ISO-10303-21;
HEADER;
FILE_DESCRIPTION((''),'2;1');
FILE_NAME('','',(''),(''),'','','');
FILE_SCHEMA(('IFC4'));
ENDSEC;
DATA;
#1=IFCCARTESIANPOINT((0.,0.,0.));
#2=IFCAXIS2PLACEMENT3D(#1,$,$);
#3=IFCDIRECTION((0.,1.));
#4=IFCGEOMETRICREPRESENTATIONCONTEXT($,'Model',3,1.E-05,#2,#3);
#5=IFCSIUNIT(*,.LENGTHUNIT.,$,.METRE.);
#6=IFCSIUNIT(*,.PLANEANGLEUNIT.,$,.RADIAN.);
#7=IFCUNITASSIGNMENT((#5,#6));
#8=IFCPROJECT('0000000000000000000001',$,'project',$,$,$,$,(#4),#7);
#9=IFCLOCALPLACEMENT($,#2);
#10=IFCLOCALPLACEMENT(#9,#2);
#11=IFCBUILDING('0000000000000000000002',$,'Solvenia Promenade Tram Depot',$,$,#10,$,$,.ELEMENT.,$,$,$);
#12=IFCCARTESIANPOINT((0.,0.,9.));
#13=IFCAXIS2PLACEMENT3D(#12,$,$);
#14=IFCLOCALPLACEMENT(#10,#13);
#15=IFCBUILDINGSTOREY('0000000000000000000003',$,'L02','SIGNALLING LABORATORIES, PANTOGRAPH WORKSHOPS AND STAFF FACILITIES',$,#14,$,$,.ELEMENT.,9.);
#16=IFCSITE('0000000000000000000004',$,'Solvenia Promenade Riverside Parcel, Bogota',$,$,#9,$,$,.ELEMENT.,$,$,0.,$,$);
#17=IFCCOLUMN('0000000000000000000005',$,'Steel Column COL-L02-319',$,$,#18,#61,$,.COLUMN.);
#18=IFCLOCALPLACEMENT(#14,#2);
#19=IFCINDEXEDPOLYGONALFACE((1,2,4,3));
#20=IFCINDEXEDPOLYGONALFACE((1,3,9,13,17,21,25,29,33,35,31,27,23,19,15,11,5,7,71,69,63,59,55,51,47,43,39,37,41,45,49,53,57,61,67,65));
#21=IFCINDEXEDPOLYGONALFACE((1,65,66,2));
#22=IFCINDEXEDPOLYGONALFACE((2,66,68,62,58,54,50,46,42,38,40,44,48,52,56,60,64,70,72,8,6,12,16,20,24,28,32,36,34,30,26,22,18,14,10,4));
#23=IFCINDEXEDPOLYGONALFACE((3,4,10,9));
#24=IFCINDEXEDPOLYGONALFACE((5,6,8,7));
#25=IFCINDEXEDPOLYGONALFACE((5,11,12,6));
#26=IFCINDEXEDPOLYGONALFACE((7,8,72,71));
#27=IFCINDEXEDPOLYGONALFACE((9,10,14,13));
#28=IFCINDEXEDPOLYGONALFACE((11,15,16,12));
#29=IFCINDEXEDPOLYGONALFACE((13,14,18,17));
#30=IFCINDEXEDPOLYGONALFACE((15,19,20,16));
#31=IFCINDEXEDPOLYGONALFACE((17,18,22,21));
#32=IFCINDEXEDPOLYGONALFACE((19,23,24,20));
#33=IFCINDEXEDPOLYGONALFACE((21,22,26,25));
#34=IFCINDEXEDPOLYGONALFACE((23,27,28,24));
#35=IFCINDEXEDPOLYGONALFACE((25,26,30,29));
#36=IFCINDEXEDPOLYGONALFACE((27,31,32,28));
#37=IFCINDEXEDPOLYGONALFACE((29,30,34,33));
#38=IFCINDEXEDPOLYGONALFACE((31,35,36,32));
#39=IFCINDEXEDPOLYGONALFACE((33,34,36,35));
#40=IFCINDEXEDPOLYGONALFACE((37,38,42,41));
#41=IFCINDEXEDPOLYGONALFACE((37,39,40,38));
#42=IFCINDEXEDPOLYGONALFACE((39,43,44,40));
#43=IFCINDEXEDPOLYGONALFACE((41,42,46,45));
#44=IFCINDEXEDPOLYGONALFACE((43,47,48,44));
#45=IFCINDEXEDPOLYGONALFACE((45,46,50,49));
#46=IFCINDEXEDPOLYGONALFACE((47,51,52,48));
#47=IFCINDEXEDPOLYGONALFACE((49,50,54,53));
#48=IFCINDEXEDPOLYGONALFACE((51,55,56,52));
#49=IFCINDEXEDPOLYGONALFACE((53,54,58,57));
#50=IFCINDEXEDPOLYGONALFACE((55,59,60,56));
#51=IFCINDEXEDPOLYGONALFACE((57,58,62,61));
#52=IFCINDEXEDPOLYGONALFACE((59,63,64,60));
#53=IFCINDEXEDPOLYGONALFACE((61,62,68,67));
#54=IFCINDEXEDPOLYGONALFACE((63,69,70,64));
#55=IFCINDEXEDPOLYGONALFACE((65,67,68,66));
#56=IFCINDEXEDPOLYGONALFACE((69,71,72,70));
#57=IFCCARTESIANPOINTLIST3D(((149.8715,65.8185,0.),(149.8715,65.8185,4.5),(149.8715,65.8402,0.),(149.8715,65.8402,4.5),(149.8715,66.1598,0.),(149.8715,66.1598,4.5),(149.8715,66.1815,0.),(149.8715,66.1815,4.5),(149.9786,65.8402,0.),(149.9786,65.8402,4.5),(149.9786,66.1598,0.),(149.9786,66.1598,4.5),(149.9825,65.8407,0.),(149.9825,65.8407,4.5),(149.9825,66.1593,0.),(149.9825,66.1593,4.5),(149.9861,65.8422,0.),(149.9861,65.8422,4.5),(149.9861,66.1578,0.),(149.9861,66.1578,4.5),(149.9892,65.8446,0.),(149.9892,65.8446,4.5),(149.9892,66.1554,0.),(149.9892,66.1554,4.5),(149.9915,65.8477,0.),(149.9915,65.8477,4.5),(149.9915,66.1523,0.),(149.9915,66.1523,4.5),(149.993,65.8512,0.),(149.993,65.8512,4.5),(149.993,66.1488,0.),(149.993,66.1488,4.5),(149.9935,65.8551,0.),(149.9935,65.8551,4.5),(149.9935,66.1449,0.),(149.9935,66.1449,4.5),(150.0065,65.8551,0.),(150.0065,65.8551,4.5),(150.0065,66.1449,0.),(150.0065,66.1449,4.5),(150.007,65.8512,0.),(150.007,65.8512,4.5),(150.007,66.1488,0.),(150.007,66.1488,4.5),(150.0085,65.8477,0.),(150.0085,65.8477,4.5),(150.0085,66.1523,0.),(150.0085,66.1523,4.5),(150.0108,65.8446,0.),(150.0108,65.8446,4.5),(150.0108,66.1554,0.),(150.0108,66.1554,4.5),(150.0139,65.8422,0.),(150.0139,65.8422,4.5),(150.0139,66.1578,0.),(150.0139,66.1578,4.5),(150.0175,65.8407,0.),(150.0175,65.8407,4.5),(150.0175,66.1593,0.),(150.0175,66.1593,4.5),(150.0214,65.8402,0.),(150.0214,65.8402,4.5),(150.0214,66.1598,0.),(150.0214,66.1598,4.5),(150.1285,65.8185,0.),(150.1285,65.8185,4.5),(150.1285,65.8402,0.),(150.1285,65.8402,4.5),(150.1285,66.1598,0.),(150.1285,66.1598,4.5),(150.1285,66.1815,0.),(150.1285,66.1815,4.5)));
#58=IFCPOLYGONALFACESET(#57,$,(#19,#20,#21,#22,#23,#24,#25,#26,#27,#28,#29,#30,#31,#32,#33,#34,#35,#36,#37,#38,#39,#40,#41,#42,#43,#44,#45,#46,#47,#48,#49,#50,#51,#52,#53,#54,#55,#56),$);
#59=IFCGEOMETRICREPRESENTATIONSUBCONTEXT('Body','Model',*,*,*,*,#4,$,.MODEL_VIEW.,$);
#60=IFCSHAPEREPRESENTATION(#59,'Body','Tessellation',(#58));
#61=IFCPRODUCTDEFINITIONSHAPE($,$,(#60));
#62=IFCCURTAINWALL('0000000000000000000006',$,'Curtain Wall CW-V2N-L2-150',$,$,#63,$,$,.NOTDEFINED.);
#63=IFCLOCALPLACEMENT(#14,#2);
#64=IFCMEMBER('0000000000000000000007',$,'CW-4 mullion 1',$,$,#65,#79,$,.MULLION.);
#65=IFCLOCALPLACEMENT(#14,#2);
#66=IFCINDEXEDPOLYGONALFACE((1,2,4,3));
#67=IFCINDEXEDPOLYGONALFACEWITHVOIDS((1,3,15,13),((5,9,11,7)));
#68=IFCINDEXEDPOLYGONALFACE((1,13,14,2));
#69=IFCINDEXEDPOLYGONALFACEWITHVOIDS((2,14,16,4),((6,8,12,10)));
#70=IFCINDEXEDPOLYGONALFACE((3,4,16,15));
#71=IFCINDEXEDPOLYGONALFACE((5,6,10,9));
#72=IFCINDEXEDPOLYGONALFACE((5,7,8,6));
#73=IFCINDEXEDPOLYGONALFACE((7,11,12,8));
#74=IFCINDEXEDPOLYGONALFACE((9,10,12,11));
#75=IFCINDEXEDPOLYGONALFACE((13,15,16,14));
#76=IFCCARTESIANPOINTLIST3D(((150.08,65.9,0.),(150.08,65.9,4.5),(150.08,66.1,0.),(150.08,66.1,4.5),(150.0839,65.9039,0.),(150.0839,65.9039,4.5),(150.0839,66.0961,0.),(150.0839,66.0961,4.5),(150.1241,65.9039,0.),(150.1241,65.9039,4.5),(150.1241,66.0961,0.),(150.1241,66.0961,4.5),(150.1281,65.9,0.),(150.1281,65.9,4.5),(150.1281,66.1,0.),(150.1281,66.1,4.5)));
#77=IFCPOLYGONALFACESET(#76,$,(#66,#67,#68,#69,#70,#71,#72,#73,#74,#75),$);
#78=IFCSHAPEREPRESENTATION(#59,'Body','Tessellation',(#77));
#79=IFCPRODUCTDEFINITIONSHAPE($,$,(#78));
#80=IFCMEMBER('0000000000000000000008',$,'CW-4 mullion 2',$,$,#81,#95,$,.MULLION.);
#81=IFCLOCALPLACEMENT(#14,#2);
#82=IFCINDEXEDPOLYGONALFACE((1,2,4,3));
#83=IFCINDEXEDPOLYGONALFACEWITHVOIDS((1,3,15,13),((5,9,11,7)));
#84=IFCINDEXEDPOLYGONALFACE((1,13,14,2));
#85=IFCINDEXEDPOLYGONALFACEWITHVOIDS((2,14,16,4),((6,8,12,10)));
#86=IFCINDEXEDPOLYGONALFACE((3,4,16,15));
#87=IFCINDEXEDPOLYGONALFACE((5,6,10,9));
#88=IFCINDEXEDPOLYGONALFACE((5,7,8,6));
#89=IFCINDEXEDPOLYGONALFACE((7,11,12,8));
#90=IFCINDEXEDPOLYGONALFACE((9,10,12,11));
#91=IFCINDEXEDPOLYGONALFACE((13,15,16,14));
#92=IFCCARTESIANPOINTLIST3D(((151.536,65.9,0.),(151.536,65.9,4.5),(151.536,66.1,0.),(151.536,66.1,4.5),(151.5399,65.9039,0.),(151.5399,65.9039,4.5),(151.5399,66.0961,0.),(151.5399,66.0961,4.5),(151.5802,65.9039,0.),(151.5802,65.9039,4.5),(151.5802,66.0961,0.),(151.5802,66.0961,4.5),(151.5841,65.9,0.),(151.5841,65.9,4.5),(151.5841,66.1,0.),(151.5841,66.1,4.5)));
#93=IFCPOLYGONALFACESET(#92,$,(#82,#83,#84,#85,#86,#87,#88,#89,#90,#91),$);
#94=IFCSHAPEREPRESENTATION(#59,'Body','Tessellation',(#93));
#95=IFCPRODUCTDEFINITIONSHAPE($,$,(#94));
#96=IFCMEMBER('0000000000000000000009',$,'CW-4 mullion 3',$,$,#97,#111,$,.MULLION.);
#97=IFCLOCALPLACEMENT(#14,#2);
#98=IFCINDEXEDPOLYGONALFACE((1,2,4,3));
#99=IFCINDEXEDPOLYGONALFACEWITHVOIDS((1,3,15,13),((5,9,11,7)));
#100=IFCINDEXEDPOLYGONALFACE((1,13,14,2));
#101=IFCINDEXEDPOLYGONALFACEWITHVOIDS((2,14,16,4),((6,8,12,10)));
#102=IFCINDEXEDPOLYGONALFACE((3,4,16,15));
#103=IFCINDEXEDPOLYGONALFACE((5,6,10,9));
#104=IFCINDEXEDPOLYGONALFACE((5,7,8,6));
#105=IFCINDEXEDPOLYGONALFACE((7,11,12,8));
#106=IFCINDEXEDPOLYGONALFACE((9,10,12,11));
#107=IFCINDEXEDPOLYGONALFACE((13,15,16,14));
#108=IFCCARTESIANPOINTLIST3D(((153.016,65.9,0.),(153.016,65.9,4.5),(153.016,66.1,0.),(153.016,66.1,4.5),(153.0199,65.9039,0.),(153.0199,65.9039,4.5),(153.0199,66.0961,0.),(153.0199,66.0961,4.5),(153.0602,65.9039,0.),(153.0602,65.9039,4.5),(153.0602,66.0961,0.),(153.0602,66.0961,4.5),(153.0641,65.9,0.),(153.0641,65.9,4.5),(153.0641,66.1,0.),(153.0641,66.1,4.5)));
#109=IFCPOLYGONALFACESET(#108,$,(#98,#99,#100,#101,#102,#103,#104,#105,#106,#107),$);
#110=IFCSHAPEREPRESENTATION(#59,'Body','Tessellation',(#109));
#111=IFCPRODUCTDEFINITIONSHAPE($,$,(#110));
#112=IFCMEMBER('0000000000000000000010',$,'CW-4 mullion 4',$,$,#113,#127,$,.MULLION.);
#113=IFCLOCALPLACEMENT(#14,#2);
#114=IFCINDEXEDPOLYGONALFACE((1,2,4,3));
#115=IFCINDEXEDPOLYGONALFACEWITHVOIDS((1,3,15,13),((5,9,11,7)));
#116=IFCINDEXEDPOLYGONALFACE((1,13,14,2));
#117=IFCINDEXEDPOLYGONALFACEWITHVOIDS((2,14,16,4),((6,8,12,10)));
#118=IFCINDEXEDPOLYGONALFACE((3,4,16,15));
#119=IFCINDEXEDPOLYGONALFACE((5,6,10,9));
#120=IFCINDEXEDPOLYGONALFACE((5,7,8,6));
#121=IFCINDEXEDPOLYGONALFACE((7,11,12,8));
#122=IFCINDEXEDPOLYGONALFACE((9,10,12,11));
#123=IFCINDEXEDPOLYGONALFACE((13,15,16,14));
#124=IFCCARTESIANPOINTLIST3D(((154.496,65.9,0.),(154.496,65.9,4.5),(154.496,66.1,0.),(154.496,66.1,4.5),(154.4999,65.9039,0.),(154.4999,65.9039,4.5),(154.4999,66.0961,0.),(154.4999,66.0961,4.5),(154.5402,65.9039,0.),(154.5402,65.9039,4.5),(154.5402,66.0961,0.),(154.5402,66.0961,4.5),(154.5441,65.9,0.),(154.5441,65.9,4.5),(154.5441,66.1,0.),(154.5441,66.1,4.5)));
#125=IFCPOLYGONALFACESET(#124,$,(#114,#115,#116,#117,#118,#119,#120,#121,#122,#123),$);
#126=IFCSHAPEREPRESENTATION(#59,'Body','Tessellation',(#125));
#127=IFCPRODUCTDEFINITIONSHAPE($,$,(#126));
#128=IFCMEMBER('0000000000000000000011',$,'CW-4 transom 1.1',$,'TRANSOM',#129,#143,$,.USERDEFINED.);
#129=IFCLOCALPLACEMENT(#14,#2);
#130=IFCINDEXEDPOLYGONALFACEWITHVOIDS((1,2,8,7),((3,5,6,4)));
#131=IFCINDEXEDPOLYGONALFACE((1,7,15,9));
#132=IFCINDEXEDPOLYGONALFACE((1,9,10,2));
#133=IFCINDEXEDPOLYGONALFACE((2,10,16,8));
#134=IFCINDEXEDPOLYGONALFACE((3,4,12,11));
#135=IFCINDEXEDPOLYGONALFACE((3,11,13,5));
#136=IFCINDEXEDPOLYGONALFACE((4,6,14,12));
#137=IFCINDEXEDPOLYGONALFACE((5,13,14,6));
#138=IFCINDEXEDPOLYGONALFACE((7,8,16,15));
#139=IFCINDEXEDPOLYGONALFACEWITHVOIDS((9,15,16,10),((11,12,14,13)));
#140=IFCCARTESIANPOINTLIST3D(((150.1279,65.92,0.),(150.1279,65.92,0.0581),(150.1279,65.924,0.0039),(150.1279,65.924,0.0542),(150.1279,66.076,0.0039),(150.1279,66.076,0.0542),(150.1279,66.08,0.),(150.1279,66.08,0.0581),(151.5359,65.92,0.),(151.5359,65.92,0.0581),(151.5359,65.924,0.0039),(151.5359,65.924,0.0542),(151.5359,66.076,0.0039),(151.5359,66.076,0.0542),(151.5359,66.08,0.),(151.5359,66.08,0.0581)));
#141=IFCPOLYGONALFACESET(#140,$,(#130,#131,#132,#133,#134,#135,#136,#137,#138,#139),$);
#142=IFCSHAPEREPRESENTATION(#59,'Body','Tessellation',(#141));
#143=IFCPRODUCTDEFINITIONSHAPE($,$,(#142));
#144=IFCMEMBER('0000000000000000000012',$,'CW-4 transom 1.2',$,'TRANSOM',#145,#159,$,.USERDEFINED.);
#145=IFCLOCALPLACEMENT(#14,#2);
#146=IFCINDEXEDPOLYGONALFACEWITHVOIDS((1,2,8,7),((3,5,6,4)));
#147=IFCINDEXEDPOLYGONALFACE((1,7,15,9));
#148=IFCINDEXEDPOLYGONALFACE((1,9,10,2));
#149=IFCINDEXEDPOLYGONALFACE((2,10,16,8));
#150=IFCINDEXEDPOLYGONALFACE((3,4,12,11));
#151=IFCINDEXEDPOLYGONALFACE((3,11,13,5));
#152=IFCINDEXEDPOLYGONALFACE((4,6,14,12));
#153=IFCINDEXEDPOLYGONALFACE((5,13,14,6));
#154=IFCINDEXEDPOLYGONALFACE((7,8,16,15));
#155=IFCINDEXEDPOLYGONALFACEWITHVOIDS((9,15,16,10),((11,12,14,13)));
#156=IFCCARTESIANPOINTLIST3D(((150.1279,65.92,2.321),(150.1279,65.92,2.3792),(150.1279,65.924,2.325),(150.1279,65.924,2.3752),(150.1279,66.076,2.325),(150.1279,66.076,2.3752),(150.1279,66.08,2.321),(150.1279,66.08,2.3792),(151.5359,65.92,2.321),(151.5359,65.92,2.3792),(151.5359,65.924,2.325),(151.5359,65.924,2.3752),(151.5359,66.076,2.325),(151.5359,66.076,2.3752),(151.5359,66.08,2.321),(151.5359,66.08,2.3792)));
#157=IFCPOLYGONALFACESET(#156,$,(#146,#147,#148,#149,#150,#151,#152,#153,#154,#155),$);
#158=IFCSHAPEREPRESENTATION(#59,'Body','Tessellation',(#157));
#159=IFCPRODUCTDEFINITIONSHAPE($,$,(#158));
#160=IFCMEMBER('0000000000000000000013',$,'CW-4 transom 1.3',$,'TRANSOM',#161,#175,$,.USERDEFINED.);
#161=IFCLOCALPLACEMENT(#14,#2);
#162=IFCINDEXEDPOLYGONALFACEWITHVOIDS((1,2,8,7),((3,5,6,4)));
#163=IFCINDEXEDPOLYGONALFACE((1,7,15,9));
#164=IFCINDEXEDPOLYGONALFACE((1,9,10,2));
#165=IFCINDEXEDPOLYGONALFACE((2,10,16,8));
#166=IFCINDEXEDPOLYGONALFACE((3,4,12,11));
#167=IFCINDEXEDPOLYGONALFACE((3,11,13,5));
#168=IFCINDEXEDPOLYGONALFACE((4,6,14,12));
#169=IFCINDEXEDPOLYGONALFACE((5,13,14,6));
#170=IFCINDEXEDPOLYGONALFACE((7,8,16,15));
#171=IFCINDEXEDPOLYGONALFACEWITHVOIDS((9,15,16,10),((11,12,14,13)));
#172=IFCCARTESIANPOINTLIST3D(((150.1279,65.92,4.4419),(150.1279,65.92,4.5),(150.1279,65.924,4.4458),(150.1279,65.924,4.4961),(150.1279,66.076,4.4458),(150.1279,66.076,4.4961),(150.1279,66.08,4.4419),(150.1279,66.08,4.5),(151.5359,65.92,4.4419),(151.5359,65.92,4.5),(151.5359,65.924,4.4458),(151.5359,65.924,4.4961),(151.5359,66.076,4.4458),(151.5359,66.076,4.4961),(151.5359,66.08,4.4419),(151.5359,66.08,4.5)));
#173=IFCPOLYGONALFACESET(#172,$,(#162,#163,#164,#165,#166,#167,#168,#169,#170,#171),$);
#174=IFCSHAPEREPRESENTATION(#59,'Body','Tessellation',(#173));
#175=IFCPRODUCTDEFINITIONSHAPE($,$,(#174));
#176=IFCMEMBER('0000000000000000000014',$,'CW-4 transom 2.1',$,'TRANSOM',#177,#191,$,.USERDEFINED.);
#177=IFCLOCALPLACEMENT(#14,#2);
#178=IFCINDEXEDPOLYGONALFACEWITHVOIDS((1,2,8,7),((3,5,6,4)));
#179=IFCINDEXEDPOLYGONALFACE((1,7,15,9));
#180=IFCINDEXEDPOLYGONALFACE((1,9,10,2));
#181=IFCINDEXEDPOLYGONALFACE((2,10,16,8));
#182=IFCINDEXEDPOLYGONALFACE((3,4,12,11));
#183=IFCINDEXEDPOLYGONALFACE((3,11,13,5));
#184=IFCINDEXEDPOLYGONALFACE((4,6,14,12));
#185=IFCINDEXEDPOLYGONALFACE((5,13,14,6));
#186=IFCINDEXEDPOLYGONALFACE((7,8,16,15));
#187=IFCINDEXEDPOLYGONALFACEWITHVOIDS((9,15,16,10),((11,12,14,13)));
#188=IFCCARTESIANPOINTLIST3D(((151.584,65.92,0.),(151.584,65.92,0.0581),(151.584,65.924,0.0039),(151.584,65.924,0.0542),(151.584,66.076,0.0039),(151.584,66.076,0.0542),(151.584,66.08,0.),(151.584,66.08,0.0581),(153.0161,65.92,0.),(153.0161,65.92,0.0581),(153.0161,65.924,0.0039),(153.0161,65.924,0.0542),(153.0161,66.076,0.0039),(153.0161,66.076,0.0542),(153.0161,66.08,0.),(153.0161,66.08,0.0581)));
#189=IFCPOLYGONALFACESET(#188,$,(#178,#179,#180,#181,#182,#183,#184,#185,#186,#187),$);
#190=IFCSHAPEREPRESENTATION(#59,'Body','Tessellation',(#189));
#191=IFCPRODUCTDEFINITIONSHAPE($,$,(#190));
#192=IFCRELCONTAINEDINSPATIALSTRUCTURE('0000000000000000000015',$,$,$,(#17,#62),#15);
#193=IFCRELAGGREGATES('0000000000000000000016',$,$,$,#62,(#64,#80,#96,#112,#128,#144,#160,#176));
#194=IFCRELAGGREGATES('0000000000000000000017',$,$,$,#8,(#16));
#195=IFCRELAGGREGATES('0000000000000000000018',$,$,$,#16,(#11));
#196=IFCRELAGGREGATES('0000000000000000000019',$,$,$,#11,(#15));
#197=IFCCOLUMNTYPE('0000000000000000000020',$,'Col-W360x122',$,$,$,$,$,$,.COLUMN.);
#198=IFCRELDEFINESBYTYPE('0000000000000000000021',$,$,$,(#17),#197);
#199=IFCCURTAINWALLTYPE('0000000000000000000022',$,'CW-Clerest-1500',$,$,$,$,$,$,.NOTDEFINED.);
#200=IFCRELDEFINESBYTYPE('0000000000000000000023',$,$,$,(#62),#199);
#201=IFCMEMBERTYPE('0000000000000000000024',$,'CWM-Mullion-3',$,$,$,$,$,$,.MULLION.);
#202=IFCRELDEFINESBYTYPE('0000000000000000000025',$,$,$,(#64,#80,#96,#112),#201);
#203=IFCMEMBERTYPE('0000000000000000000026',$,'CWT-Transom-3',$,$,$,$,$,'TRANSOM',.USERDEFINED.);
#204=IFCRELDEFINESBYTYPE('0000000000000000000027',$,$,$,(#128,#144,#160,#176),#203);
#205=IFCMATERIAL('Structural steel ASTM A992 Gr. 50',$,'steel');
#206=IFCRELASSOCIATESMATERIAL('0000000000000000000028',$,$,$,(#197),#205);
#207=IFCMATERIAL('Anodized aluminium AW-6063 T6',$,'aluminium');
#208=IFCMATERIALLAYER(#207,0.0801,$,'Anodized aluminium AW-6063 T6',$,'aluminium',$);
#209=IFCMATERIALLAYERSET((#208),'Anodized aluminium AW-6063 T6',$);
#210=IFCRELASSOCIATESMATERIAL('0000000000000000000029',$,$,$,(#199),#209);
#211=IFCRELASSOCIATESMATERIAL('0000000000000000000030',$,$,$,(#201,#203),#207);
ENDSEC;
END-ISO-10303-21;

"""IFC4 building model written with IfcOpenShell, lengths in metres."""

from ifc_helpers import new_model, si_unit, direction, frame, origin, origin_2d, place, context, subcontext, project, spatial, hollow_rectangle, i_section, extrude, material, layer, layer_set, material_profile, profile_set, type_object, element, aggregate, save


model = new_model("IFC4")

# Units and contexts
model_context = context("Model", 3, precision=1e-05, world=origin(), true_north=direction((0.0, 1.0)))
body_context = subcontext(model_context, "Body", "Model", "MODEL_VIEW")
ifc_project = project(units=[si_unit("LENGTHUNIT", "METRE"), si_unit("PLANEANGLEUNIT", "RADIAN")], contexts=[model_context])

# Site, building, storey
site_placement = place(None, origin())
site = spatial("IfcSite", under=ifc_project, at=site_placement, Name="Solvenia Promenade Riverside Parcel, Bogota", CompositionType="ELEMENT", RefElevation=0.0)
building_placement = place(site_placement, origin())
building = spatial("IfcBuilding", under=site, at=building_placement, Name="Solvenia Promenade Tram Depot", CompositionType="ELEMENT")
storey_placement = place(building_placement, frame((0.0, 0.0, 9.0)))
storey = spatial("IfcBuildingStorey", under=building, at=storey_placement, Name="L02", Description="SIGNALLING LABORATORIES, PANTOGRAPH WORKSHOPS AND STAFF FACILITIES", CompositionType="ELEMENT", Elevation=9.0)

# Column
ifc_material_1 = material(Name="Structural steel ASTM A992 Gr. 50", Category="steel")
ifc_material_profile_1 = material_profile(ifc_material_1, i_section(OverallWidth=0.2571, OverallDepth=0.363, WebThickness=0.0129, FlangeThickness=0.0217, FilletRadius=0.0149, at=origin_2d()), Name="W360x122", Category="steel")
ifc_profile_set_1 = profile_set([ifc_material_profile_1], Name="Structural steel ASTM A992 Gr. 50")
column_type = type_object("IfcColumnType", Name="Col-W360x122", PredefinedType="COLUMN", material=ifc_profile_set_1)
column_placement = place(storey_placement, frame((150.0, 66.0, 0.0), z_axis=(0.0, 0.0, 1.0), x_axis=(1.0, 0.0, 0.0)))
element("IfcColumn", 1, at=column_placement, inside=storey, type_object=column_type, Name="Steel Column COL-L02-319", PredefinedType="COLUMN", context=body_context, shape_type="SweptSolid", body=[
    extrude(i_section(OverallWidth=0.2571, OverallDepth=0.363, WebThickness=0.0129, FlangeThickness=0.0217, FilletRadius=0.0149, at=origin_2d()), origin(), (0.0, 0.0, 1.0), 4.5),
])

# Curtain wall, members
ifc_material_2 = material(Name="Anodized aluminium AW-6063 T6", Category="aluminium")
ifc_layer_1 = layer(ifc_material_2, 0.0801, Name="Anodized aluminium AW-6063 T6", Category="aluminium")
ifc_layer_set_1 = layer_set([ifc_layer_1], Name="Anodized aluminium AW-6063 T6")
curtain_wall_type = type_object("IfcCurtainWallType", Name="CW-Clerest-1500", PredefinedType="NOTDEFINED", material=ifc_layer_set_1)
curtain_wall_placement = place(storey_placement, origin())
curtain_wall = element("IfcCurtainWall", 2, at=curtain_wall_placement, inside=storey, type_object=curtain_wall_type, Name="Curtain Wall CW-V2N-L2-150", PredefinedType="NOTDEFINED")
ifc_material_profile_2 = material_profile(ifc_material_2, hollow_rectangle(XDim=0.2, YDim=0.0481, WallThickness=0.0039, at=origin_2d()), Name="ALU-M3", Category="aluminium")
ifc_profile_set_2 = profile_set([ifc_material_profile_2], Name="Anodized aluminium AW-6063 T6")
member_type_1 = type_object("IfcMemberType", Name="CWM-Mullion-3", PredefinedType="MULLION", material=ifc_profile_set_2)
member_1_placement = place(storey_placement, frame((150.104, 66.0, 0.0), z_axis=(0.0, 0.0, 1.0), x_axis=(0.0, 1.0, 0.0)))
member_1 = element("IfcMember", 3, at=member_1_placement, type_object=member_type_1, Name="CW-4 mullion 1", PredefinedType="MULLION", context=body_context, shape_type="SweptSolid", body=[
    extrude(hollow_rectangle(XDim=0.2, YDim=0.0481, WallThickness=0.0039, at=origin_2d()), origin(), (0.0, 0.0, 1.0), 4.5),
])
member_2_placement = place(storey_placement, frame((151.5601, 66.0, 0.0), z_axis=(0.0, 0.0, 1.0), x_axis=(0.0, 1.0, 0.0)))
member_2 = element("IfcMember", 4, at=member_2_placement, type_object=member_type_1, Name="CW-4 mullion 2", PredefinedType="MULLION", context=body_context, shape_type="SweptSolid", body=[
    extrude(hollow_rectangle(XDim=0.2, YDim=0.0481, WallThickness=0.0039, at=origin_2d()), origin(), (0.0, 0.0, 1.0), 4.5),
])
member_3_placement = place(storey_placement, frame((153.04, 66.0, 0.0), z_axis=(0.0, 0.0, 1.0), x_axis=(0.0, 1.0, 0.0)))
member_3 = element("IfcMember", 5, at=member_3_placement, type_object=member_type_1, Name="CW-4 mullion 3", PredefinedType="MULLION", context=body_context, shape_type="SweptSolid", body=[
    extrude(hollow_rectangle(XDim=0.2, YDim=0.0481, WallThickness=0.0039, at=origin_2d()), origin(), (0.0, 0.0, 1.0), 4.5),
])
member_4_placement = place(storey_placement, frame((154.52, 66.0, 0.0), z_axis=(0.0, 0.0, 1.0), x_axis=(0.0, 1.0, 0.0)))
member_4 = element("IfcMember", 6, at=member_4_placement, type_object=member_type_1, Name="CW-4 mullion 4", PredefinedType="MULLION", context=body_context, shape_type="SweptSolid", body=[
    extrude(hollow_rectangle(XDim=0.2, YDim=0.0481, WallThickness=0.0039, at=origin_2d()), origin(), (0.0, 0.0, 1.0), 4.5),
])
ifc_material_profile_3 = material_profile(ifc_material_2, hollow_rectangle(XDim=0.1599, YDim=0.0581, WallThickness=0.0039, at=origin_2d()), Name="ALU-T3", Category="aluminium")
ifc_profile_set_3 = profile_set([ifc_material_profile_3], Name="Anodized aluminium AW-6063 T6")
member_type_2 = type_object("IfcMemberType", Name="CWT-Transom-3", ElementType="TRANSOM", PredefinedType="USERDEFINED", material=ifc_profile_set_3)
member_5_placement = place(storey_placement, frame((150.1279, 66.0, 0.0291), z_axis=(1.0, 0.0, 0.0), x_axis=(0.0, 1.0, 0.0)))
member_5 = element("IfcMember", 7, at=member_5_placement, type_object=member_type_2, Name="CW-4 transom 1.1", ObjectType="TRANSOM", PredefinedType="USERDEFINED", context=body_context, shape_type="SweptSolid", body=[
    extrude(hollow_rectangle(XDim=0.1599, YDim=0.0581, WallThickness=0.0039, at=origin_2d()), origin(), (0.0, 0.0, 1.0), 1.408),
])
member_6_placement = place(storey_placement, frame((150.1279, 66.0, 2.3501), z_axis=(1.0, 0.0, 0.0), x_axis=(0.0, 1.0, 0.0)))
member_6 = element("IfcMember", 8, at=member_6_placement, type_object=member_type_2, Name="CW-4 transom 1.2", ObjectType="TRANSOM", PredefinedType="USERDEFINED", context=body_context, shape_type="SweptSolid", body=[
    extrude(hollow_rectangle(XDim=0.1599, YDim=0.0581, WallThickness=0.0039, at=origin_2d()), origin(), (0.0, 0.0, 1.0), 1.408),
])
member_7_placement = place(storey_placement, frame((150.1279, 66.0, 4.4709), z_axis=(1.0, 0.0, 0.0), x_axis=(0.0, 1.0, 0.0)))
member_7 = element("IfcMember", 9, at=member_7_placement, type_object=member_type_2, Name="CW-4 transom 1.3", ObjectType="TRANSOM", PredefinedType="USERDEFINED", context=body_context, shape_type="SweptSolid", body=[
    extrude(hollow_rectangle(XDim=0.1599, YDim=0.0581, WallThickness=0.0039, at=origin_2d()), origin(), (0.0, 0.0, 1.0), 1.408),
])
member_8_placement = place(storey_placement, frame((151.584, 66.0, 0.0291), z_axis=(1.0, 0.0, 0.0), x_axis=(0.0, 1.0, 0.0)))
member_8 = element("IfcMember", 10, at=member_8_placement, type_object=member_type_2, Name="CW-4 transom 2.1", ObjectType="TRANSOM", PredefinedType="USERDEFINED", context=body_context, shape_type="SweptSolid", body=[
    extrude(hollow_rectangle(XDim=0.1599, YDim=0.0581, WallThickness=0.0039, at=origin_2d()), origin(), (0.0, 0.0, 1.0), 1.4321),
])

aggregate(curtain_wall, [member_1, member_2, member_3, member_4, member_5, member_6, member_7, member_8])

save(model, "model.ifc")
